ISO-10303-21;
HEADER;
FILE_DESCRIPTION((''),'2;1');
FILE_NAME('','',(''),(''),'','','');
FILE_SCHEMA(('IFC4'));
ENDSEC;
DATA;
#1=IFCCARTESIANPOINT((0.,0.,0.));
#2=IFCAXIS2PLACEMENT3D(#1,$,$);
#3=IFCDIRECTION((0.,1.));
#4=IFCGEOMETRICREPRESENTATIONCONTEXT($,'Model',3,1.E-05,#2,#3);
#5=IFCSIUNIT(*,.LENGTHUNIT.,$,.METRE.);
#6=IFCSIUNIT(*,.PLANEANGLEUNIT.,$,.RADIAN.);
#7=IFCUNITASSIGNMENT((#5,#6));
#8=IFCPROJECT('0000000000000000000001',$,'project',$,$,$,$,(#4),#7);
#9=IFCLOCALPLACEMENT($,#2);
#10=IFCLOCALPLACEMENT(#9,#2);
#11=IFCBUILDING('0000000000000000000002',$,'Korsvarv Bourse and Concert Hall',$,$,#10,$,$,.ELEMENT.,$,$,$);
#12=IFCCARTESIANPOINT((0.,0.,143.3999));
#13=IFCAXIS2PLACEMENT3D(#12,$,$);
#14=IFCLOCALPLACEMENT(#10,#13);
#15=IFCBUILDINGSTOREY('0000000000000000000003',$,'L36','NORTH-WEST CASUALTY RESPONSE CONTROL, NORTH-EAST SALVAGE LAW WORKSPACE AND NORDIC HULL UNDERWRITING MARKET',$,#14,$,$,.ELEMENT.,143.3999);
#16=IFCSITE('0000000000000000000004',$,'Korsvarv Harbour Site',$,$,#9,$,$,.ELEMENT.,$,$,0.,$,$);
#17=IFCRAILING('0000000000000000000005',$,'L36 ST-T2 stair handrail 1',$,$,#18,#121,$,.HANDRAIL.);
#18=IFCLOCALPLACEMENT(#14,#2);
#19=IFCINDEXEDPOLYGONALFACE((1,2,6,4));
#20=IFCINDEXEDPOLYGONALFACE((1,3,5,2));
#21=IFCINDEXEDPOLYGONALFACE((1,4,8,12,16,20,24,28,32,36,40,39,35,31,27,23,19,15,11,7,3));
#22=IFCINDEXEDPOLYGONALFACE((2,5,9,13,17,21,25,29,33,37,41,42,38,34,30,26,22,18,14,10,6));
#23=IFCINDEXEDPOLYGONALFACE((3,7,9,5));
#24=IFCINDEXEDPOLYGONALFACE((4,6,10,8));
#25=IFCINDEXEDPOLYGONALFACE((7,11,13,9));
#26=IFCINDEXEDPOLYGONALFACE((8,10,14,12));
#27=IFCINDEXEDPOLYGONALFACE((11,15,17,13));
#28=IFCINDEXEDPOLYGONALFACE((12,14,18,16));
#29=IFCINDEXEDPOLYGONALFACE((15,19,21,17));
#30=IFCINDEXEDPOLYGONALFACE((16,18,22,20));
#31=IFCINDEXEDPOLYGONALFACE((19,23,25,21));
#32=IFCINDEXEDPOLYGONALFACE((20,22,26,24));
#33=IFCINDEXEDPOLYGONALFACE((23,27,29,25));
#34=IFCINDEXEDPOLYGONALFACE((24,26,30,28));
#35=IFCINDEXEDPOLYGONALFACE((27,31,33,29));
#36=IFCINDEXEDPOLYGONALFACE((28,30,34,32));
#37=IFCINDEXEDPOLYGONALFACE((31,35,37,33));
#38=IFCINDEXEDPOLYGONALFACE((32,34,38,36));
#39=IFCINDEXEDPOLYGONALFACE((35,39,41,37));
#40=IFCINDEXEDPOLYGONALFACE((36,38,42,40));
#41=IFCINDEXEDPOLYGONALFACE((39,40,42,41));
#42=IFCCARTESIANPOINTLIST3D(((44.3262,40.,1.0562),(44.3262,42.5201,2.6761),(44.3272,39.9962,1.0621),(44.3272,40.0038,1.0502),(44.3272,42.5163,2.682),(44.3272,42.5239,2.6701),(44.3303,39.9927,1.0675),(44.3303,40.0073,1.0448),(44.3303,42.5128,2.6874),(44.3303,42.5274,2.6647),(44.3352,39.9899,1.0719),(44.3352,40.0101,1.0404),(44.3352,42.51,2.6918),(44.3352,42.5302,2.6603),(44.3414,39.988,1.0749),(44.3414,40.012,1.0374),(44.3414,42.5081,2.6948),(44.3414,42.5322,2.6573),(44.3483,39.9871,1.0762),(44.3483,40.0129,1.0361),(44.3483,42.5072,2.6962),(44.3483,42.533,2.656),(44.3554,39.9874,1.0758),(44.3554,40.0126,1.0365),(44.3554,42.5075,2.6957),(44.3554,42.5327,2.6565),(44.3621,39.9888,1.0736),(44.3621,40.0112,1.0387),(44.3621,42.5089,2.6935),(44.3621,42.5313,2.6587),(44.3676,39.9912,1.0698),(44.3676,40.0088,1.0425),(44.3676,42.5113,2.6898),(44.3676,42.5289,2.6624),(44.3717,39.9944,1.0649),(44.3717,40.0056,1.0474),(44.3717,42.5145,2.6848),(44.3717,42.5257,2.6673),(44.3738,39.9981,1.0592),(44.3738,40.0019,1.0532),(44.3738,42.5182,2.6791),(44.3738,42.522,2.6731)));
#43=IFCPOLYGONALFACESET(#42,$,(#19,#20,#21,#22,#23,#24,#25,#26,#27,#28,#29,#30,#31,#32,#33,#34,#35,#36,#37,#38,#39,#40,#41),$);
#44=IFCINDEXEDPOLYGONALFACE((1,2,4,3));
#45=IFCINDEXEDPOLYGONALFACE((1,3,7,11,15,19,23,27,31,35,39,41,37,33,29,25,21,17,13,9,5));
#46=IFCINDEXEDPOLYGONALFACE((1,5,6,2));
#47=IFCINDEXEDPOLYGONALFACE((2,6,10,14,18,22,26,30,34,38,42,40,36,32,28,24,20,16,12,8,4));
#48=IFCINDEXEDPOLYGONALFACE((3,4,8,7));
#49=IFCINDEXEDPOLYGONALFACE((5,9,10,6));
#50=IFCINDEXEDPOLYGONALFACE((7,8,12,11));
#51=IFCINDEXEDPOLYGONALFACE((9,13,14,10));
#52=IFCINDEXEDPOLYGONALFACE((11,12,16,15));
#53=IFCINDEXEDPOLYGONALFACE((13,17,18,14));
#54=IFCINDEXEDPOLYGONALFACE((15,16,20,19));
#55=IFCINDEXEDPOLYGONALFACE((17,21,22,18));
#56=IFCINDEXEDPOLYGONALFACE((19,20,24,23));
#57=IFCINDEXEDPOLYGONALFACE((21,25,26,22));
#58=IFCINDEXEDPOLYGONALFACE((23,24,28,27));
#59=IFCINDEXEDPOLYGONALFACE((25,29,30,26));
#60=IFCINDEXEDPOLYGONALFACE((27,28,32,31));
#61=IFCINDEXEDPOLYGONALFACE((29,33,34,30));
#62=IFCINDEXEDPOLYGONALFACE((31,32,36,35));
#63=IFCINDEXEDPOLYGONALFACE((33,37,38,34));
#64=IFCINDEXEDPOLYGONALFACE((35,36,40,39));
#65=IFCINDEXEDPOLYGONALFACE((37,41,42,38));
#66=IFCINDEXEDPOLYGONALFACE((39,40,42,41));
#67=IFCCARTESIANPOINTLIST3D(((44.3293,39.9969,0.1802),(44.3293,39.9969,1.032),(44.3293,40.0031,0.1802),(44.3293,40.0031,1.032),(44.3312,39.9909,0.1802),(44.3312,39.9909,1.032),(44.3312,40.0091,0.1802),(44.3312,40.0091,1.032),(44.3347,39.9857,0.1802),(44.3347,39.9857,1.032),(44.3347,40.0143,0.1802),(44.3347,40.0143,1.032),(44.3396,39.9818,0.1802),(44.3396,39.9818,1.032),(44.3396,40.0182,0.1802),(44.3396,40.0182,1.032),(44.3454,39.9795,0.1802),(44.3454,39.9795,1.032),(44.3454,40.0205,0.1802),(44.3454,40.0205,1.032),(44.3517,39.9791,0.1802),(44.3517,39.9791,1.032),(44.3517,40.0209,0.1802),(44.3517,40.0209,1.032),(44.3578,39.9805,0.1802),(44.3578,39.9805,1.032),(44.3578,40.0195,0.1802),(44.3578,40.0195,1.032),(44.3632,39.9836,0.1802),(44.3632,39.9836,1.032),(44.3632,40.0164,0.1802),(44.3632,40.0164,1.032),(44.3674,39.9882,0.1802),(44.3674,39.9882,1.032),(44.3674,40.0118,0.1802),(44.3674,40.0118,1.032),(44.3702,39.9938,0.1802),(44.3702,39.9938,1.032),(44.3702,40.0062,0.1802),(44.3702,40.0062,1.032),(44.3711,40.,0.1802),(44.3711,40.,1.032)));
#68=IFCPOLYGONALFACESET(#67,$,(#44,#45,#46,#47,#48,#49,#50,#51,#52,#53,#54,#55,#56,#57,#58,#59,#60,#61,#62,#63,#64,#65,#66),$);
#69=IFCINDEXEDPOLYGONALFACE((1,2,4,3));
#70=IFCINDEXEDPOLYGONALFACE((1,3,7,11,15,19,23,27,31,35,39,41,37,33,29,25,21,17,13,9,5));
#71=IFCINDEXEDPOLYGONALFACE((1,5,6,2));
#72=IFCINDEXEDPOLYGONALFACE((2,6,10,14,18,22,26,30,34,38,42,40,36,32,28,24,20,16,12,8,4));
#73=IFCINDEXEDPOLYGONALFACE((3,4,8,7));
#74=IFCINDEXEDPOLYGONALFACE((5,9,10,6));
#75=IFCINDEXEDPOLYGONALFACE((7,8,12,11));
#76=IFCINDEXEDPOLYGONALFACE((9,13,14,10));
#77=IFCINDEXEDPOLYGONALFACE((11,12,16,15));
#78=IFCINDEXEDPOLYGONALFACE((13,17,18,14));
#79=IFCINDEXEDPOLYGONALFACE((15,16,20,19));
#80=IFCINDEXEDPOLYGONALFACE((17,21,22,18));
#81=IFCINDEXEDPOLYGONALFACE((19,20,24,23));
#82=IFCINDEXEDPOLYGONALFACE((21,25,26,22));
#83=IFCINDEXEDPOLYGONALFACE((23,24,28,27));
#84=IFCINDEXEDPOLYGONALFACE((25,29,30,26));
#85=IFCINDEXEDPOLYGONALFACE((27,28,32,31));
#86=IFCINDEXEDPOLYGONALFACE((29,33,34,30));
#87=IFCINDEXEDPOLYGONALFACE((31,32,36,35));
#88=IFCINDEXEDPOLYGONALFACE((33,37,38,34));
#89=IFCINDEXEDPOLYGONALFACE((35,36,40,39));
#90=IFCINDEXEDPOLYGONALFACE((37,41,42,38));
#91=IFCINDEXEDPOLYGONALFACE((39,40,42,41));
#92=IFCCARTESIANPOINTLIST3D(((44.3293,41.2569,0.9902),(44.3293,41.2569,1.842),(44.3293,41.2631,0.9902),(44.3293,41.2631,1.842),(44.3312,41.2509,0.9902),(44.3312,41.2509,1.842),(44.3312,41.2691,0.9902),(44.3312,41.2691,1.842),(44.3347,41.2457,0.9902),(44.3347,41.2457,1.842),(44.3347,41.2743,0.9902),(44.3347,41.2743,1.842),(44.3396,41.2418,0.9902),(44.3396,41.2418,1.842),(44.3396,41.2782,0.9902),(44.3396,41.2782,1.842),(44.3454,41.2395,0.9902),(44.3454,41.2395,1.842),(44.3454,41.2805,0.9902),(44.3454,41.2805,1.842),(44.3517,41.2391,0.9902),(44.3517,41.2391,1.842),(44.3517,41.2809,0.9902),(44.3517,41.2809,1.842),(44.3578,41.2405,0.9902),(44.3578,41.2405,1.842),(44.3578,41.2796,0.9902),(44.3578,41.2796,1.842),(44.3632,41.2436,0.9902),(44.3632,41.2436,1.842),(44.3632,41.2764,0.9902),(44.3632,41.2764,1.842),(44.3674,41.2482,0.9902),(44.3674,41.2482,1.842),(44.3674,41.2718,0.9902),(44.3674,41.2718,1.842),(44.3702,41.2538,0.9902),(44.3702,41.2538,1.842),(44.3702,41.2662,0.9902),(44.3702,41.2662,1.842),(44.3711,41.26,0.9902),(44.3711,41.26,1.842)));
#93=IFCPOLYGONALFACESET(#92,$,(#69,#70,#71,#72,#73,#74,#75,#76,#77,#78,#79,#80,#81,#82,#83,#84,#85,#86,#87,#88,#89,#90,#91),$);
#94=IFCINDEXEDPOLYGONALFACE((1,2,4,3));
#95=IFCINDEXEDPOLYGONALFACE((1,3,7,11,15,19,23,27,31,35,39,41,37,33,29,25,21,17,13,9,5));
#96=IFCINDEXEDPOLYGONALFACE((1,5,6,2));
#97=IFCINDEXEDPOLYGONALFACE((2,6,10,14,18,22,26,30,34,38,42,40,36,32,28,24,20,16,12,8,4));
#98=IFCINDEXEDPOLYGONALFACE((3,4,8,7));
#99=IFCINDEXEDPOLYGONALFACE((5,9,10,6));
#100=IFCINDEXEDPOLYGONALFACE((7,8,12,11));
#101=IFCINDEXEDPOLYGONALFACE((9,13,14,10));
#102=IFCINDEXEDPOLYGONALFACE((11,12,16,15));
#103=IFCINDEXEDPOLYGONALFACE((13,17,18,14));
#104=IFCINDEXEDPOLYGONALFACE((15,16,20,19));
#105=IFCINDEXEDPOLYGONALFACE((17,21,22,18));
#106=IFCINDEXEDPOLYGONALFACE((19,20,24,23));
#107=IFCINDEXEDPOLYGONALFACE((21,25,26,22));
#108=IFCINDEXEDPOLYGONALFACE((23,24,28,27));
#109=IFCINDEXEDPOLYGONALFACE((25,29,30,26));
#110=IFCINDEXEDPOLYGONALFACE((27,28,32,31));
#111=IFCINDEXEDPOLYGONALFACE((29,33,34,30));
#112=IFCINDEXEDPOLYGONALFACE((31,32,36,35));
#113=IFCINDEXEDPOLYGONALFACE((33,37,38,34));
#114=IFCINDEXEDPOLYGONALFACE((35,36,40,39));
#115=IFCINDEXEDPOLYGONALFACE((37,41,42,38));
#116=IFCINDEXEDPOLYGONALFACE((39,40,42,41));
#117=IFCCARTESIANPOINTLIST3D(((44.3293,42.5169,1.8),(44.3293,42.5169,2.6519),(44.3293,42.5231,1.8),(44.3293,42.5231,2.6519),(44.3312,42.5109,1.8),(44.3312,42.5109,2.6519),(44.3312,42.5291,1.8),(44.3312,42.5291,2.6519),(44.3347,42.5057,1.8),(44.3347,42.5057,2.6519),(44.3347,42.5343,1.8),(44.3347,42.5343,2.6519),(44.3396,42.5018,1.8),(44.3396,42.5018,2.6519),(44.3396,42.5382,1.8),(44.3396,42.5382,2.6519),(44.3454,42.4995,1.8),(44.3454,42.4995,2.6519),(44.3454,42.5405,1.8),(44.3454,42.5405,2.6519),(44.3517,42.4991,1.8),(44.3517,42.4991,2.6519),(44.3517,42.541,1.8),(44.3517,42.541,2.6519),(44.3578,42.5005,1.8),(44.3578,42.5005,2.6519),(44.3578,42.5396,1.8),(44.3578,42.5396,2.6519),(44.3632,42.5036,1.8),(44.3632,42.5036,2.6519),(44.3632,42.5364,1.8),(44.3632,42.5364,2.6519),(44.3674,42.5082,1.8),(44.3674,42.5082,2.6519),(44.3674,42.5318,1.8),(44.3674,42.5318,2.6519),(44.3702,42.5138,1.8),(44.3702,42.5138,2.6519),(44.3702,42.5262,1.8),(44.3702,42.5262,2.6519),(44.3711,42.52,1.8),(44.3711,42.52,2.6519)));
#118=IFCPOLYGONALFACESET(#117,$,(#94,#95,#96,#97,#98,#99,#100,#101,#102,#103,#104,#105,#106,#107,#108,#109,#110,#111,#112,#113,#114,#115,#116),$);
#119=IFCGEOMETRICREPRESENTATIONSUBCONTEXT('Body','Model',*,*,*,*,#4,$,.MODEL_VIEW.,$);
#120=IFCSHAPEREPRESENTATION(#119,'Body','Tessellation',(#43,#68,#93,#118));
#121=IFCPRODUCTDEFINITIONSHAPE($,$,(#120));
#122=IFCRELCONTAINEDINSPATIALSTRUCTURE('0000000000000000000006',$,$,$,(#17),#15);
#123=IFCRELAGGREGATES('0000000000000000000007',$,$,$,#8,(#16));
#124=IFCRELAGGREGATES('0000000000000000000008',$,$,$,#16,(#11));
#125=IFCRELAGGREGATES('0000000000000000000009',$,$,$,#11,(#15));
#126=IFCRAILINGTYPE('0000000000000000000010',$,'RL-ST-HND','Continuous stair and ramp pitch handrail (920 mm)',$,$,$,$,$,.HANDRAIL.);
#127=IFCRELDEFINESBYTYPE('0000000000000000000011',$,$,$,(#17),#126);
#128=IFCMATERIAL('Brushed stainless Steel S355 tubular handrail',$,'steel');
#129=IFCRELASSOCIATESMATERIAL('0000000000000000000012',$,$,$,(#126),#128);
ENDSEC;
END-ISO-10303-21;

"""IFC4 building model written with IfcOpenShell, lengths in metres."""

from ifc_helpers import new_model, si_unit, direction, frame, origin, origin_2d, place, context, subcontext, project, spatial, circle, extrude, material, type_object, element, save


model = new_model("IFC4")

# Units and contexts
model_context = context("Model", 3, precision=1e-05, world=origin(), true_north=direction((0.0, 1.0)))
body_context = subcontext(model_context, "Body", "Model", "MODEL_VIEW")
ifc_project = project(units=[si_unit("LENGTHUNIT", "METRE"), si_unit("PLANEANGLEUNIT", "RADIAN")], contexts=[model_context])

# Site, building, storey
site_placement = place(None, origin())
site = spatial("IfcSite", under=ifc_project, at=site_placement, Name="Korsvarv Harbour Site", CompositionType="ELEMENT", RefElevation=0.0)
building_placement = place(site_placement, origin())
building = spatial("IfcBuilding", under=site, at=building_placement, Name="Korsvarv Bourse and Concert Hall", CompositionType="ELEMENT")
storey_placement = place(building_placement, frame((0.0, 0.0, 143.3999)))
storey = spatial("IfcBuildingStorey", under=building, at=storey_placement, Name="L36", Description="NORTH-WEST CASUALTY RESPONSE CONTROL, NORTH-EAST SALVAGE LAW WORKSPACE AND NORDIC HULL UNDERWRITING MARKET", CompositionType="ELEMENT", Elevation=143.3999)

# Railing
ifc_material_1 = material(Name="Brushed stainless Steel S355 tubular handrail", Category="steel")
railing_type_1 = type_object("IfcRailingType", Name="RL-ST-HND", Description="Continuous stair and ramp pitch handrail (920 mm)", PredefinedType="HANDRAIL", material=ifc_material_1)
railing_1_placement = place(storey_placement, frame((44.3501, 40.0, 0.1802)))
element("IfcRailing", 1, at=railing_1_placement, inside=storey, type_object=railing_type_1, Name="L36 ST-T2 stair handrail 1", PredefinedType="HANDRAIL", context=body_context, shape_type="SweptSolid", body=[
    extrude(circle(Radius=0.0239, at=origin_2d()), frame((0.0, 0.0, 0.876), z_axis=(0.0, 0.8412, 0.540725), x_axis=(-1.0, 0.0, 0.0)), (0.0, 0.0, 1.0), 2.9958),
    extrude(circle(Radius=0.021, at=origin_2d()), origin(), (0.0, 0.0, 1.0), 0.8518),
    extrude(circle(Radius=0.021, at=origin_2d()), frame((0.0, 1.26, 0.8101)), (0.0, 0.0, 1.0), 0.8518),
    extrude(circle(Radius=0.021, at=origin_2d()), frame((0.0, 2.52, 1.6199)), (0.0, 0.0, 1.0), 0.8518),
])

save(model, "model.ifc")
